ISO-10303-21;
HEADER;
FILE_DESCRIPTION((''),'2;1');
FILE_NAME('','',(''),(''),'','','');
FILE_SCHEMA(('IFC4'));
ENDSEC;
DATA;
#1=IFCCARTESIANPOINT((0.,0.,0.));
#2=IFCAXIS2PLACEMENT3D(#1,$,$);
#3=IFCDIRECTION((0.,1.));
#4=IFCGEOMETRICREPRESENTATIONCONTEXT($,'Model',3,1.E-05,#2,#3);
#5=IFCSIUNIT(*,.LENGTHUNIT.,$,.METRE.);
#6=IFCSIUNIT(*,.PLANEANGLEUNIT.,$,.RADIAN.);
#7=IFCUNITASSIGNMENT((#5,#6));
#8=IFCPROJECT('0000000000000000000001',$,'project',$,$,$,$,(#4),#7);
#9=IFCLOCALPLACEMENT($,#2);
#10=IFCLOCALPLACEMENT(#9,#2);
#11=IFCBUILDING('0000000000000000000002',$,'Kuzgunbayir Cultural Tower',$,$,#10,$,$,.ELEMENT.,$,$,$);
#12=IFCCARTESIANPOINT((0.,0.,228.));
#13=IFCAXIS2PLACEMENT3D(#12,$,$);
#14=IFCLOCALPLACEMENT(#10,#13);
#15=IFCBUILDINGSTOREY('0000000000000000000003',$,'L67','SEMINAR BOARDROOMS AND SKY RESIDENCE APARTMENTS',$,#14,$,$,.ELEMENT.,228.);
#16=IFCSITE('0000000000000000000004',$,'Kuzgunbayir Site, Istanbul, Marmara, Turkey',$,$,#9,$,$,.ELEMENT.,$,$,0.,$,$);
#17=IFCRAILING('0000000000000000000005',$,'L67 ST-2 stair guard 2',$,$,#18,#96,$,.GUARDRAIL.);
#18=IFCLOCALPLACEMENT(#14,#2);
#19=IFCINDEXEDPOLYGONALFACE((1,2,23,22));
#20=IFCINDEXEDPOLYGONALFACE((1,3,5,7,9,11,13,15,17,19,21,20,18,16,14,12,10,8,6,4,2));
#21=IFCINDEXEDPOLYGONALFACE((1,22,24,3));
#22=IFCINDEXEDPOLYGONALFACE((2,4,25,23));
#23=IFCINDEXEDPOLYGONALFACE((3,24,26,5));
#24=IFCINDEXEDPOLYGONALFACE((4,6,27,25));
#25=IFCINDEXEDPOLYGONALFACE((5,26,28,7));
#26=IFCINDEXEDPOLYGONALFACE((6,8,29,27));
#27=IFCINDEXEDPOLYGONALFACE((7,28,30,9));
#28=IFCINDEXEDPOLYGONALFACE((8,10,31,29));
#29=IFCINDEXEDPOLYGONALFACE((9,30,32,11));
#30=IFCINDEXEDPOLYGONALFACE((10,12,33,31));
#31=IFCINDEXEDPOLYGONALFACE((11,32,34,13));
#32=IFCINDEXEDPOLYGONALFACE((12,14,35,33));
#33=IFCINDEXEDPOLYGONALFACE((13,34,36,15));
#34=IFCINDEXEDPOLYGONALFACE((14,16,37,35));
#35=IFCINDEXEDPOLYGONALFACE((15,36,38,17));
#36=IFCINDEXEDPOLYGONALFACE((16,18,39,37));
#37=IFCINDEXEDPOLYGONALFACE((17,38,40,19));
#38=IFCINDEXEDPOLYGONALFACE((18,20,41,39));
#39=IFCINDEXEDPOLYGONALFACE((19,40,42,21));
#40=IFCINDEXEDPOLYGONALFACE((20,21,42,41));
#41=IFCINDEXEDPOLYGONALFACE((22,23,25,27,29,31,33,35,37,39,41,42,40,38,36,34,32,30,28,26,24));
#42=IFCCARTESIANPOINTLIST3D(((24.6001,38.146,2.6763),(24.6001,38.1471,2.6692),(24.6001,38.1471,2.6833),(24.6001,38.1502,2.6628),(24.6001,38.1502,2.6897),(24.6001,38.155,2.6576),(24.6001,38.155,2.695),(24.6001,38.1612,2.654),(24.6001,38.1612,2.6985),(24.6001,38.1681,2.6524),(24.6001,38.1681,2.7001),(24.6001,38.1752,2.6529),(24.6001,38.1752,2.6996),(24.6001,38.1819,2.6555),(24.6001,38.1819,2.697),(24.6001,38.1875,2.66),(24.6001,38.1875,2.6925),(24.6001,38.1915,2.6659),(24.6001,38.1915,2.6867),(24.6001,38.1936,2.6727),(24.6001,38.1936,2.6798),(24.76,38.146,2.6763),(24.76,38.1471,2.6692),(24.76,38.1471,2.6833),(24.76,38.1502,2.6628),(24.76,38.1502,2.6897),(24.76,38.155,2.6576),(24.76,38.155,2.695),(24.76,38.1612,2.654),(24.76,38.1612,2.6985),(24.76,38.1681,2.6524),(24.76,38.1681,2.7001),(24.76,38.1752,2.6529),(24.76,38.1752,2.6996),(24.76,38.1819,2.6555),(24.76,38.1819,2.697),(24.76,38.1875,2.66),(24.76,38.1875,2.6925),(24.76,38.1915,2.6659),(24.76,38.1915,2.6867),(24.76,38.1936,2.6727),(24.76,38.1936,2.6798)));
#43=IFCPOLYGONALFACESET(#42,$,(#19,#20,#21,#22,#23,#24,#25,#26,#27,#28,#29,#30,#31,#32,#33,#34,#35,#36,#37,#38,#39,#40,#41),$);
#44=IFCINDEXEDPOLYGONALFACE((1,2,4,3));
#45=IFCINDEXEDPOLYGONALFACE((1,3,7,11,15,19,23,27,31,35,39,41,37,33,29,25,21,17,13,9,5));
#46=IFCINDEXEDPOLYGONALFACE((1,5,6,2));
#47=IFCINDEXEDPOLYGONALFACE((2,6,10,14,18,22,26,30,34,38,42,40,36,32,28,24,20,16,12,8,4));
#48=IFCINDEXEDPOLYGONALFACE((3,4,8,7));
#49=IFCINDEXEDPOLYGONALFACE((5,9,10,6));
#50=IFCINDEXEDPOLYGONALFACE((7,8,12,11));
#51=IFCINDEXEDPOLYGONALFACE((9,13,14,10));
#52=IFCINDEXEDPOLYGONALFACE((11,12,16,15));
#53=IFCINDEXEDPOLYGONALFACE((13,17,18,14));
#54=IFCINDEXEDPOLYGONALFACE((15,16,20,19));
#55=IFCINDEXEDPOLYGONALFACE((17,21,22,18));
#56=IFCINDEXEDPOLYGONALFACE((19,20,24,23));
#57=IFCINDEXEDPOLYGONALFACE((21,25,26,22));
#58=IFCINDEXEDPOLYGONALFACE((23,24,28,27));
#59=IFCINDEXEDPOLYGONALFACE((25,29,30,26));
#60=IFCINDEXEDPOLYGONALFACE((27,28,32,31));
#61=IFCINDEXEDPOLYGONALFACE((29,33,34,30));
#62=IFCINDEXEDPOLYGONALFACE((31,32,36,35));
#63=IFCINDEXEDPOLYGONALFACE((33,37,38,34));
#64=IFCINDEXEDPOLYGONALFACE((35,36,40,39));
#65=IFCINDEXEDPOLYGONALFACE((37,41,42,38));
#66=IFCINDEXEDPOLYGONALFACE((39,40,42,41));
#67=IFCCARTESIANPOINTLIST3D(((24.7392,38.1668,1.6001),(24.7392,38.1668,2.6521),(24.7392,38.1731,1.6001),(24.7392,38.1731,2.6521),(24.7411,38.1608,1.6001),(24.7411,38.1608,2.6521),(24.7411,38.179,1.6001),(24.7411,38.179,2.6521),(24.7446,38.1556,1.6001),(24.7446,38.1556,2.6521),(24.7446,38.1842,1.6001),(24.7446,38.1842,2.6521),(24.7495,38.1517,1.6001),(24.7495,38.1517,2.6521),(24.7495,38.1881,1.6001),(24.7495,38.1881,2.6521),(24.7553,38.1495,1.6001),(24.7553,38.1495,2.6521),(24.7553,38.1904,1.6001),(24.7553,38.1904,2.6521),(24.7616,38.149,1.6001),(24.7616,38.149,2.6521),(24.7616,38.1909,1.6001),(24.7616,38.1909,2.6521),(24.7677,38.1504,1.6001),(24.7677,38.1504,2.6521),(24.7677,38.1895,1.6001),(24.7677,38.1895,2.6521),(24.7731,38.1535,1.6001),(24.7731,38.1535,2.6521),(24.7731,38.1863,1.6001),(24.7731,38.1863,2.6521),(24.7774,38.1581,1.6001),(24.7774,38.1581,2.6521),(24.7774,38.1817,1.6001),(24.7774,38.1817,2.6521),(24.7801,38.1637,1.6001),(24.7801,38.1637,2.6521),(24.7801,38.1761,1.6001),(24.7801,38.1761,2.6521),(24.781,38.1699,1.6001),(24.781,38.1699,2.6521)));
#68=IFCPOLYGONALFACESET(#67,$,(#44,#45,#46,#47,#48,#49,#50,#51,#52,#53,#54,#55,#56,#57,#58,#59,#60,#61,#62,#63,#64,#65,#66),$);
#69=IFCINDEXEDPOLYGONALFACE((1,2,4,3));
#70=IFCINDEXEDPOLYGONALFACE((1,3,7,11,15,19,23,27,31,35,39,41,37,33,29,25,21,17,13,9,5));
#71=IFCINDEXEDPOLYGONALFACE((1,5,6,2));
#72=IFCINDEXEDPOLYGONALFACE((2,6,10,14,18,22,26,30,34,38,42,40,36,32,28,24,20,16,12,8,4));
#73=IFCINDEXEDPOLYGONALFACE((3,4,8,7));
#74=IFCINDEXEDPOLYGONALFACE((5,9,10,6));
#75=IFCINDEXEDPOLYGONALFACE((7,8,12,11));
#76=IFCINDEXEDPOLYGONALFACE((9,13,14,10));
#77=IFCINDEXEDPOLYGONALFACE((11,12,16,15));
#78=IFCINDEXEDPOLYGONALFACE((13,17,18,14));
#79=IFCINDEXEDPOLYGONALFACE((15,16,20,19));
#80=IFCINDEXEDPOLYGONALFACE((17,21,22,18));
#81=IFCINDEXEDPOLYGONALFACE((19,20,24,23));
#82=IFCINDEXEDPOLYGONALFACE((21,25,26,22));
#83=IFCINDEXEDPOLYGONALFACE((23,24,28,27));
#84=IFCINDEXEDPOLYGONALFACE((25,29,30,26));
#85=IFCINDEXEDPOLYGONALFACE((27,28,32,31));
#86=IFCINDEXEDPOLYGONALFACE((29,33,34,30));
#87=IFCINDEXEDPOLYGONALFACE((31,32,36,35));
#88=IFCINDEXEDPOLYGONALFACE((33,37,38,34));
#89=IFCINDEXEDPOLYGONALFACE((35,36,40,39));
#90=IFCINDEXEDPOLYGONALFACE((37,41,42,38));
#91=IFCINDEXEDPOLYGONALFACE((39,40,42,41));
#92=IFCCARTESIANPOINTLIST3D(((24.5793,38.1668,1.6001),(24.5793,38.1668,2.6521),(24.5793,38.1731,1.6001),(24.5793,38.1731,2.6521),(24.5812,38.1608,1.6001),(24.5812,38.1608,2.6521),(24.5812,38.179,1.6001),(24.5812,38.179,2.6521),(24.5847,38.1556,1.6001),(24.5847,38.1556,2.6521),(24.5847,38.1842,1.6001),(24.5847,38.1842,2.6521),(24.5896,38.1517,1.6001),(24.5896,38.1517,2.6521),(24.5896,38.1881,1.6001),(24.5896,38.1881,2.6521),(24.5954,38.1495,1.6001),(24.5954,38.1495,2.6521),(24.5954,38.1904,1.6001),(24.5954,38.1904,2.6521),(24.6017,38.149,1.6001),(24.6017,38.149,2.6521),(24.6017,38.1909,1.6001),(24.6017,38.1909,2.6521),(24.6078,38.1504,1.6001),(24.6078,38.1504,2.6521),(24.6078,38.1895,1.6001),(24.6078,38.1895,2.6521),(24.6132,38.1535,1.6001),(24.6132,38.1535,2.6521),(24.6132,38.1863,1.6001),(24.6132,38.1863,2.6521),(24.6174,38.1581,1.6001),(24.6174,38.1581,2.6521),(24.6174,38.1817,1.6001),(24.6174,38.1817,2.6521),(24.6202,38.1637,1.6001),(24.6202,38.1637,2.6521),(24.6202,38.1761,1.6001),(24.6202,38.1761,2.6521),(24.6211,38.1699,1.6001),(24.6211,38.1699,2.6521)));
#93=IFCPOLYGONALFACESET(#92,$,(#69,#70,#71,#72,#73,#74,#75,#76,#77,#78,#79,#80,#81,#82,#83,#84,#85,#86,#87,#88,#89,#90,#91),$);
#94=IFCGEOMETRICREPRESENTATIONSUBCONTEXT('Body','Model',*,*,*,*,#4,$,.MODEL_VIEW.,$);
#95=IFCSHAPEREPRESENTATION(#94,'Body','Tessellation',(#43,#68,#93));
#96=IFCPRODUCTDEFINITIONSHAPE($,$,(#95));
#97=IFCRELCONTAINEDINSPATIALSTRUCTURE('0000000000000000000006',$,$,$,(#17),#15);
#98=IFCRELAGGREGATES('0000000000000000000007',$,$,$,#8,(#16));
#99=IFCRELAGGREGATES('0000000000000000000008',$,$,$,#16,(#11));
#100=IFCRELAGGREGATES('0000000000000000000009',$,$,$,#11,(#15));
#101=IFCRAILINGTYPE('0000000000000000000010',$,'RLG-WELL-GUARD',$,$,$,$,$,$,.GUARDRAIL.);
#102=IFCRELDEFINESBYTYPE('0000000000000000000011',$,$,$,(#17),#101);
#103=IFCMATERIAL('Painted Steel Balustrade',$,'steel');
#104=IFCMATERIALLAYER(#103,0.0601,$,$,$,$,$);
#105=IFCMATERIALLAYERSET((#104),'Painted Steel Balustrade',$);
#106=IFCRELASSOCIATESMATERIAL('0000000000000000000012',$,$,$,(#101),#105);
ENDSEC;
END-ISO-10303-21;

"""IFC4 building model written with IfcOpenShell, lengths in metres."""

from ifc_helpers import new_model, si_unit, direction, frame, origin, origin_2d, place, context, subcontext, project, spatial, circle, extrude, material, layer, layer_set, type_object, element, save


model = new_model("IFC4")

# Units and contexts
model_context = context("Model", 3, precision=1e-05, world=origin(), true_north=direction((0.0, 1.0)))
body_context = subcontext(model_context, "Body", "Model", "MODEL_VIEW")
ifc_project = project(units=[si_unit("LENGTHUNIT", "METRE"), si_unit("PLANEANGLEUNIT", "RADIAN")], contexts=[model_context])

# Site, building, storey
site_placement = place(None, origin())
site = spatial("IfcSite", under=ifc_project, at=site_placement, Name="Kuzgunbayir Site, Istanbul, Marmara, Turkey", CompositionType="ELEMENT", RefElevation=0.0)
building_placement = place(site_placement, origin())
building = spatial("IfcBuilding", under=site, at=building_placement, Name="Kuzgunbayir Cultural Tower", CompositionType="ELEMENT")
storey_placement = place(building_placement, frame((0.0, 0.0, 228.0)))
storey = spatial("IfcBuildingStorey", under=building, at=storey_placement, Name="L67", Description="SEMINAR BOARDROOMS AND SKY RESIDENCE APARTMENTS", CompositionType="ELEMENT", Elevation=228.0)

# Railing
ifc_material_1 = material(Name="Painted Steel Balustrade", Category="steel")
ifc_layer_1 = layer(ifc_material_1, 0.0601)
ifc_layer_set_1 = layer_set([ifc_layer_1], Name="Painted Steel Balustrade")
railing_type_1 = type_object("IfcRailingType", Name="RLG-WELL-GUARD", PredefinedType="GUARDRAIL", material=ifc_layer_set_1)
railing_1_placement = place(storey_placement, frame((24.76, 38.1699, 1.6001)))
element("IfcRailing", 1, at=railing_1_placement, inside=storey, type_object=railing_type_1, Name="L67 ST-2 stair guard 2", PredefinedType="GUARDRAIL", context=body_context, shape_type="SweptSolid", body=[
    extrude(circle(Radius=0.0239, at=origin_2d()), frame((0.0, 0.0, 1.0762), z_axis=(-1.0, 0.0, 0.0), x_axis=(0.0, -1.0, 0.0)), (0.0, 0.0, 1.0), 0.1599),
    extrude(circle(Radius=0.021, at=origin_2d()), origin(), (0.0, 0.0, 1.0), 1.052),
    extrude(circle(Radius=0.021, at=origin_2d()), frame((-0.1599, 0.0, 0.0)), (0.0, 0.0, 1.0), 1.052),
])

save(model, "model.ifc")
